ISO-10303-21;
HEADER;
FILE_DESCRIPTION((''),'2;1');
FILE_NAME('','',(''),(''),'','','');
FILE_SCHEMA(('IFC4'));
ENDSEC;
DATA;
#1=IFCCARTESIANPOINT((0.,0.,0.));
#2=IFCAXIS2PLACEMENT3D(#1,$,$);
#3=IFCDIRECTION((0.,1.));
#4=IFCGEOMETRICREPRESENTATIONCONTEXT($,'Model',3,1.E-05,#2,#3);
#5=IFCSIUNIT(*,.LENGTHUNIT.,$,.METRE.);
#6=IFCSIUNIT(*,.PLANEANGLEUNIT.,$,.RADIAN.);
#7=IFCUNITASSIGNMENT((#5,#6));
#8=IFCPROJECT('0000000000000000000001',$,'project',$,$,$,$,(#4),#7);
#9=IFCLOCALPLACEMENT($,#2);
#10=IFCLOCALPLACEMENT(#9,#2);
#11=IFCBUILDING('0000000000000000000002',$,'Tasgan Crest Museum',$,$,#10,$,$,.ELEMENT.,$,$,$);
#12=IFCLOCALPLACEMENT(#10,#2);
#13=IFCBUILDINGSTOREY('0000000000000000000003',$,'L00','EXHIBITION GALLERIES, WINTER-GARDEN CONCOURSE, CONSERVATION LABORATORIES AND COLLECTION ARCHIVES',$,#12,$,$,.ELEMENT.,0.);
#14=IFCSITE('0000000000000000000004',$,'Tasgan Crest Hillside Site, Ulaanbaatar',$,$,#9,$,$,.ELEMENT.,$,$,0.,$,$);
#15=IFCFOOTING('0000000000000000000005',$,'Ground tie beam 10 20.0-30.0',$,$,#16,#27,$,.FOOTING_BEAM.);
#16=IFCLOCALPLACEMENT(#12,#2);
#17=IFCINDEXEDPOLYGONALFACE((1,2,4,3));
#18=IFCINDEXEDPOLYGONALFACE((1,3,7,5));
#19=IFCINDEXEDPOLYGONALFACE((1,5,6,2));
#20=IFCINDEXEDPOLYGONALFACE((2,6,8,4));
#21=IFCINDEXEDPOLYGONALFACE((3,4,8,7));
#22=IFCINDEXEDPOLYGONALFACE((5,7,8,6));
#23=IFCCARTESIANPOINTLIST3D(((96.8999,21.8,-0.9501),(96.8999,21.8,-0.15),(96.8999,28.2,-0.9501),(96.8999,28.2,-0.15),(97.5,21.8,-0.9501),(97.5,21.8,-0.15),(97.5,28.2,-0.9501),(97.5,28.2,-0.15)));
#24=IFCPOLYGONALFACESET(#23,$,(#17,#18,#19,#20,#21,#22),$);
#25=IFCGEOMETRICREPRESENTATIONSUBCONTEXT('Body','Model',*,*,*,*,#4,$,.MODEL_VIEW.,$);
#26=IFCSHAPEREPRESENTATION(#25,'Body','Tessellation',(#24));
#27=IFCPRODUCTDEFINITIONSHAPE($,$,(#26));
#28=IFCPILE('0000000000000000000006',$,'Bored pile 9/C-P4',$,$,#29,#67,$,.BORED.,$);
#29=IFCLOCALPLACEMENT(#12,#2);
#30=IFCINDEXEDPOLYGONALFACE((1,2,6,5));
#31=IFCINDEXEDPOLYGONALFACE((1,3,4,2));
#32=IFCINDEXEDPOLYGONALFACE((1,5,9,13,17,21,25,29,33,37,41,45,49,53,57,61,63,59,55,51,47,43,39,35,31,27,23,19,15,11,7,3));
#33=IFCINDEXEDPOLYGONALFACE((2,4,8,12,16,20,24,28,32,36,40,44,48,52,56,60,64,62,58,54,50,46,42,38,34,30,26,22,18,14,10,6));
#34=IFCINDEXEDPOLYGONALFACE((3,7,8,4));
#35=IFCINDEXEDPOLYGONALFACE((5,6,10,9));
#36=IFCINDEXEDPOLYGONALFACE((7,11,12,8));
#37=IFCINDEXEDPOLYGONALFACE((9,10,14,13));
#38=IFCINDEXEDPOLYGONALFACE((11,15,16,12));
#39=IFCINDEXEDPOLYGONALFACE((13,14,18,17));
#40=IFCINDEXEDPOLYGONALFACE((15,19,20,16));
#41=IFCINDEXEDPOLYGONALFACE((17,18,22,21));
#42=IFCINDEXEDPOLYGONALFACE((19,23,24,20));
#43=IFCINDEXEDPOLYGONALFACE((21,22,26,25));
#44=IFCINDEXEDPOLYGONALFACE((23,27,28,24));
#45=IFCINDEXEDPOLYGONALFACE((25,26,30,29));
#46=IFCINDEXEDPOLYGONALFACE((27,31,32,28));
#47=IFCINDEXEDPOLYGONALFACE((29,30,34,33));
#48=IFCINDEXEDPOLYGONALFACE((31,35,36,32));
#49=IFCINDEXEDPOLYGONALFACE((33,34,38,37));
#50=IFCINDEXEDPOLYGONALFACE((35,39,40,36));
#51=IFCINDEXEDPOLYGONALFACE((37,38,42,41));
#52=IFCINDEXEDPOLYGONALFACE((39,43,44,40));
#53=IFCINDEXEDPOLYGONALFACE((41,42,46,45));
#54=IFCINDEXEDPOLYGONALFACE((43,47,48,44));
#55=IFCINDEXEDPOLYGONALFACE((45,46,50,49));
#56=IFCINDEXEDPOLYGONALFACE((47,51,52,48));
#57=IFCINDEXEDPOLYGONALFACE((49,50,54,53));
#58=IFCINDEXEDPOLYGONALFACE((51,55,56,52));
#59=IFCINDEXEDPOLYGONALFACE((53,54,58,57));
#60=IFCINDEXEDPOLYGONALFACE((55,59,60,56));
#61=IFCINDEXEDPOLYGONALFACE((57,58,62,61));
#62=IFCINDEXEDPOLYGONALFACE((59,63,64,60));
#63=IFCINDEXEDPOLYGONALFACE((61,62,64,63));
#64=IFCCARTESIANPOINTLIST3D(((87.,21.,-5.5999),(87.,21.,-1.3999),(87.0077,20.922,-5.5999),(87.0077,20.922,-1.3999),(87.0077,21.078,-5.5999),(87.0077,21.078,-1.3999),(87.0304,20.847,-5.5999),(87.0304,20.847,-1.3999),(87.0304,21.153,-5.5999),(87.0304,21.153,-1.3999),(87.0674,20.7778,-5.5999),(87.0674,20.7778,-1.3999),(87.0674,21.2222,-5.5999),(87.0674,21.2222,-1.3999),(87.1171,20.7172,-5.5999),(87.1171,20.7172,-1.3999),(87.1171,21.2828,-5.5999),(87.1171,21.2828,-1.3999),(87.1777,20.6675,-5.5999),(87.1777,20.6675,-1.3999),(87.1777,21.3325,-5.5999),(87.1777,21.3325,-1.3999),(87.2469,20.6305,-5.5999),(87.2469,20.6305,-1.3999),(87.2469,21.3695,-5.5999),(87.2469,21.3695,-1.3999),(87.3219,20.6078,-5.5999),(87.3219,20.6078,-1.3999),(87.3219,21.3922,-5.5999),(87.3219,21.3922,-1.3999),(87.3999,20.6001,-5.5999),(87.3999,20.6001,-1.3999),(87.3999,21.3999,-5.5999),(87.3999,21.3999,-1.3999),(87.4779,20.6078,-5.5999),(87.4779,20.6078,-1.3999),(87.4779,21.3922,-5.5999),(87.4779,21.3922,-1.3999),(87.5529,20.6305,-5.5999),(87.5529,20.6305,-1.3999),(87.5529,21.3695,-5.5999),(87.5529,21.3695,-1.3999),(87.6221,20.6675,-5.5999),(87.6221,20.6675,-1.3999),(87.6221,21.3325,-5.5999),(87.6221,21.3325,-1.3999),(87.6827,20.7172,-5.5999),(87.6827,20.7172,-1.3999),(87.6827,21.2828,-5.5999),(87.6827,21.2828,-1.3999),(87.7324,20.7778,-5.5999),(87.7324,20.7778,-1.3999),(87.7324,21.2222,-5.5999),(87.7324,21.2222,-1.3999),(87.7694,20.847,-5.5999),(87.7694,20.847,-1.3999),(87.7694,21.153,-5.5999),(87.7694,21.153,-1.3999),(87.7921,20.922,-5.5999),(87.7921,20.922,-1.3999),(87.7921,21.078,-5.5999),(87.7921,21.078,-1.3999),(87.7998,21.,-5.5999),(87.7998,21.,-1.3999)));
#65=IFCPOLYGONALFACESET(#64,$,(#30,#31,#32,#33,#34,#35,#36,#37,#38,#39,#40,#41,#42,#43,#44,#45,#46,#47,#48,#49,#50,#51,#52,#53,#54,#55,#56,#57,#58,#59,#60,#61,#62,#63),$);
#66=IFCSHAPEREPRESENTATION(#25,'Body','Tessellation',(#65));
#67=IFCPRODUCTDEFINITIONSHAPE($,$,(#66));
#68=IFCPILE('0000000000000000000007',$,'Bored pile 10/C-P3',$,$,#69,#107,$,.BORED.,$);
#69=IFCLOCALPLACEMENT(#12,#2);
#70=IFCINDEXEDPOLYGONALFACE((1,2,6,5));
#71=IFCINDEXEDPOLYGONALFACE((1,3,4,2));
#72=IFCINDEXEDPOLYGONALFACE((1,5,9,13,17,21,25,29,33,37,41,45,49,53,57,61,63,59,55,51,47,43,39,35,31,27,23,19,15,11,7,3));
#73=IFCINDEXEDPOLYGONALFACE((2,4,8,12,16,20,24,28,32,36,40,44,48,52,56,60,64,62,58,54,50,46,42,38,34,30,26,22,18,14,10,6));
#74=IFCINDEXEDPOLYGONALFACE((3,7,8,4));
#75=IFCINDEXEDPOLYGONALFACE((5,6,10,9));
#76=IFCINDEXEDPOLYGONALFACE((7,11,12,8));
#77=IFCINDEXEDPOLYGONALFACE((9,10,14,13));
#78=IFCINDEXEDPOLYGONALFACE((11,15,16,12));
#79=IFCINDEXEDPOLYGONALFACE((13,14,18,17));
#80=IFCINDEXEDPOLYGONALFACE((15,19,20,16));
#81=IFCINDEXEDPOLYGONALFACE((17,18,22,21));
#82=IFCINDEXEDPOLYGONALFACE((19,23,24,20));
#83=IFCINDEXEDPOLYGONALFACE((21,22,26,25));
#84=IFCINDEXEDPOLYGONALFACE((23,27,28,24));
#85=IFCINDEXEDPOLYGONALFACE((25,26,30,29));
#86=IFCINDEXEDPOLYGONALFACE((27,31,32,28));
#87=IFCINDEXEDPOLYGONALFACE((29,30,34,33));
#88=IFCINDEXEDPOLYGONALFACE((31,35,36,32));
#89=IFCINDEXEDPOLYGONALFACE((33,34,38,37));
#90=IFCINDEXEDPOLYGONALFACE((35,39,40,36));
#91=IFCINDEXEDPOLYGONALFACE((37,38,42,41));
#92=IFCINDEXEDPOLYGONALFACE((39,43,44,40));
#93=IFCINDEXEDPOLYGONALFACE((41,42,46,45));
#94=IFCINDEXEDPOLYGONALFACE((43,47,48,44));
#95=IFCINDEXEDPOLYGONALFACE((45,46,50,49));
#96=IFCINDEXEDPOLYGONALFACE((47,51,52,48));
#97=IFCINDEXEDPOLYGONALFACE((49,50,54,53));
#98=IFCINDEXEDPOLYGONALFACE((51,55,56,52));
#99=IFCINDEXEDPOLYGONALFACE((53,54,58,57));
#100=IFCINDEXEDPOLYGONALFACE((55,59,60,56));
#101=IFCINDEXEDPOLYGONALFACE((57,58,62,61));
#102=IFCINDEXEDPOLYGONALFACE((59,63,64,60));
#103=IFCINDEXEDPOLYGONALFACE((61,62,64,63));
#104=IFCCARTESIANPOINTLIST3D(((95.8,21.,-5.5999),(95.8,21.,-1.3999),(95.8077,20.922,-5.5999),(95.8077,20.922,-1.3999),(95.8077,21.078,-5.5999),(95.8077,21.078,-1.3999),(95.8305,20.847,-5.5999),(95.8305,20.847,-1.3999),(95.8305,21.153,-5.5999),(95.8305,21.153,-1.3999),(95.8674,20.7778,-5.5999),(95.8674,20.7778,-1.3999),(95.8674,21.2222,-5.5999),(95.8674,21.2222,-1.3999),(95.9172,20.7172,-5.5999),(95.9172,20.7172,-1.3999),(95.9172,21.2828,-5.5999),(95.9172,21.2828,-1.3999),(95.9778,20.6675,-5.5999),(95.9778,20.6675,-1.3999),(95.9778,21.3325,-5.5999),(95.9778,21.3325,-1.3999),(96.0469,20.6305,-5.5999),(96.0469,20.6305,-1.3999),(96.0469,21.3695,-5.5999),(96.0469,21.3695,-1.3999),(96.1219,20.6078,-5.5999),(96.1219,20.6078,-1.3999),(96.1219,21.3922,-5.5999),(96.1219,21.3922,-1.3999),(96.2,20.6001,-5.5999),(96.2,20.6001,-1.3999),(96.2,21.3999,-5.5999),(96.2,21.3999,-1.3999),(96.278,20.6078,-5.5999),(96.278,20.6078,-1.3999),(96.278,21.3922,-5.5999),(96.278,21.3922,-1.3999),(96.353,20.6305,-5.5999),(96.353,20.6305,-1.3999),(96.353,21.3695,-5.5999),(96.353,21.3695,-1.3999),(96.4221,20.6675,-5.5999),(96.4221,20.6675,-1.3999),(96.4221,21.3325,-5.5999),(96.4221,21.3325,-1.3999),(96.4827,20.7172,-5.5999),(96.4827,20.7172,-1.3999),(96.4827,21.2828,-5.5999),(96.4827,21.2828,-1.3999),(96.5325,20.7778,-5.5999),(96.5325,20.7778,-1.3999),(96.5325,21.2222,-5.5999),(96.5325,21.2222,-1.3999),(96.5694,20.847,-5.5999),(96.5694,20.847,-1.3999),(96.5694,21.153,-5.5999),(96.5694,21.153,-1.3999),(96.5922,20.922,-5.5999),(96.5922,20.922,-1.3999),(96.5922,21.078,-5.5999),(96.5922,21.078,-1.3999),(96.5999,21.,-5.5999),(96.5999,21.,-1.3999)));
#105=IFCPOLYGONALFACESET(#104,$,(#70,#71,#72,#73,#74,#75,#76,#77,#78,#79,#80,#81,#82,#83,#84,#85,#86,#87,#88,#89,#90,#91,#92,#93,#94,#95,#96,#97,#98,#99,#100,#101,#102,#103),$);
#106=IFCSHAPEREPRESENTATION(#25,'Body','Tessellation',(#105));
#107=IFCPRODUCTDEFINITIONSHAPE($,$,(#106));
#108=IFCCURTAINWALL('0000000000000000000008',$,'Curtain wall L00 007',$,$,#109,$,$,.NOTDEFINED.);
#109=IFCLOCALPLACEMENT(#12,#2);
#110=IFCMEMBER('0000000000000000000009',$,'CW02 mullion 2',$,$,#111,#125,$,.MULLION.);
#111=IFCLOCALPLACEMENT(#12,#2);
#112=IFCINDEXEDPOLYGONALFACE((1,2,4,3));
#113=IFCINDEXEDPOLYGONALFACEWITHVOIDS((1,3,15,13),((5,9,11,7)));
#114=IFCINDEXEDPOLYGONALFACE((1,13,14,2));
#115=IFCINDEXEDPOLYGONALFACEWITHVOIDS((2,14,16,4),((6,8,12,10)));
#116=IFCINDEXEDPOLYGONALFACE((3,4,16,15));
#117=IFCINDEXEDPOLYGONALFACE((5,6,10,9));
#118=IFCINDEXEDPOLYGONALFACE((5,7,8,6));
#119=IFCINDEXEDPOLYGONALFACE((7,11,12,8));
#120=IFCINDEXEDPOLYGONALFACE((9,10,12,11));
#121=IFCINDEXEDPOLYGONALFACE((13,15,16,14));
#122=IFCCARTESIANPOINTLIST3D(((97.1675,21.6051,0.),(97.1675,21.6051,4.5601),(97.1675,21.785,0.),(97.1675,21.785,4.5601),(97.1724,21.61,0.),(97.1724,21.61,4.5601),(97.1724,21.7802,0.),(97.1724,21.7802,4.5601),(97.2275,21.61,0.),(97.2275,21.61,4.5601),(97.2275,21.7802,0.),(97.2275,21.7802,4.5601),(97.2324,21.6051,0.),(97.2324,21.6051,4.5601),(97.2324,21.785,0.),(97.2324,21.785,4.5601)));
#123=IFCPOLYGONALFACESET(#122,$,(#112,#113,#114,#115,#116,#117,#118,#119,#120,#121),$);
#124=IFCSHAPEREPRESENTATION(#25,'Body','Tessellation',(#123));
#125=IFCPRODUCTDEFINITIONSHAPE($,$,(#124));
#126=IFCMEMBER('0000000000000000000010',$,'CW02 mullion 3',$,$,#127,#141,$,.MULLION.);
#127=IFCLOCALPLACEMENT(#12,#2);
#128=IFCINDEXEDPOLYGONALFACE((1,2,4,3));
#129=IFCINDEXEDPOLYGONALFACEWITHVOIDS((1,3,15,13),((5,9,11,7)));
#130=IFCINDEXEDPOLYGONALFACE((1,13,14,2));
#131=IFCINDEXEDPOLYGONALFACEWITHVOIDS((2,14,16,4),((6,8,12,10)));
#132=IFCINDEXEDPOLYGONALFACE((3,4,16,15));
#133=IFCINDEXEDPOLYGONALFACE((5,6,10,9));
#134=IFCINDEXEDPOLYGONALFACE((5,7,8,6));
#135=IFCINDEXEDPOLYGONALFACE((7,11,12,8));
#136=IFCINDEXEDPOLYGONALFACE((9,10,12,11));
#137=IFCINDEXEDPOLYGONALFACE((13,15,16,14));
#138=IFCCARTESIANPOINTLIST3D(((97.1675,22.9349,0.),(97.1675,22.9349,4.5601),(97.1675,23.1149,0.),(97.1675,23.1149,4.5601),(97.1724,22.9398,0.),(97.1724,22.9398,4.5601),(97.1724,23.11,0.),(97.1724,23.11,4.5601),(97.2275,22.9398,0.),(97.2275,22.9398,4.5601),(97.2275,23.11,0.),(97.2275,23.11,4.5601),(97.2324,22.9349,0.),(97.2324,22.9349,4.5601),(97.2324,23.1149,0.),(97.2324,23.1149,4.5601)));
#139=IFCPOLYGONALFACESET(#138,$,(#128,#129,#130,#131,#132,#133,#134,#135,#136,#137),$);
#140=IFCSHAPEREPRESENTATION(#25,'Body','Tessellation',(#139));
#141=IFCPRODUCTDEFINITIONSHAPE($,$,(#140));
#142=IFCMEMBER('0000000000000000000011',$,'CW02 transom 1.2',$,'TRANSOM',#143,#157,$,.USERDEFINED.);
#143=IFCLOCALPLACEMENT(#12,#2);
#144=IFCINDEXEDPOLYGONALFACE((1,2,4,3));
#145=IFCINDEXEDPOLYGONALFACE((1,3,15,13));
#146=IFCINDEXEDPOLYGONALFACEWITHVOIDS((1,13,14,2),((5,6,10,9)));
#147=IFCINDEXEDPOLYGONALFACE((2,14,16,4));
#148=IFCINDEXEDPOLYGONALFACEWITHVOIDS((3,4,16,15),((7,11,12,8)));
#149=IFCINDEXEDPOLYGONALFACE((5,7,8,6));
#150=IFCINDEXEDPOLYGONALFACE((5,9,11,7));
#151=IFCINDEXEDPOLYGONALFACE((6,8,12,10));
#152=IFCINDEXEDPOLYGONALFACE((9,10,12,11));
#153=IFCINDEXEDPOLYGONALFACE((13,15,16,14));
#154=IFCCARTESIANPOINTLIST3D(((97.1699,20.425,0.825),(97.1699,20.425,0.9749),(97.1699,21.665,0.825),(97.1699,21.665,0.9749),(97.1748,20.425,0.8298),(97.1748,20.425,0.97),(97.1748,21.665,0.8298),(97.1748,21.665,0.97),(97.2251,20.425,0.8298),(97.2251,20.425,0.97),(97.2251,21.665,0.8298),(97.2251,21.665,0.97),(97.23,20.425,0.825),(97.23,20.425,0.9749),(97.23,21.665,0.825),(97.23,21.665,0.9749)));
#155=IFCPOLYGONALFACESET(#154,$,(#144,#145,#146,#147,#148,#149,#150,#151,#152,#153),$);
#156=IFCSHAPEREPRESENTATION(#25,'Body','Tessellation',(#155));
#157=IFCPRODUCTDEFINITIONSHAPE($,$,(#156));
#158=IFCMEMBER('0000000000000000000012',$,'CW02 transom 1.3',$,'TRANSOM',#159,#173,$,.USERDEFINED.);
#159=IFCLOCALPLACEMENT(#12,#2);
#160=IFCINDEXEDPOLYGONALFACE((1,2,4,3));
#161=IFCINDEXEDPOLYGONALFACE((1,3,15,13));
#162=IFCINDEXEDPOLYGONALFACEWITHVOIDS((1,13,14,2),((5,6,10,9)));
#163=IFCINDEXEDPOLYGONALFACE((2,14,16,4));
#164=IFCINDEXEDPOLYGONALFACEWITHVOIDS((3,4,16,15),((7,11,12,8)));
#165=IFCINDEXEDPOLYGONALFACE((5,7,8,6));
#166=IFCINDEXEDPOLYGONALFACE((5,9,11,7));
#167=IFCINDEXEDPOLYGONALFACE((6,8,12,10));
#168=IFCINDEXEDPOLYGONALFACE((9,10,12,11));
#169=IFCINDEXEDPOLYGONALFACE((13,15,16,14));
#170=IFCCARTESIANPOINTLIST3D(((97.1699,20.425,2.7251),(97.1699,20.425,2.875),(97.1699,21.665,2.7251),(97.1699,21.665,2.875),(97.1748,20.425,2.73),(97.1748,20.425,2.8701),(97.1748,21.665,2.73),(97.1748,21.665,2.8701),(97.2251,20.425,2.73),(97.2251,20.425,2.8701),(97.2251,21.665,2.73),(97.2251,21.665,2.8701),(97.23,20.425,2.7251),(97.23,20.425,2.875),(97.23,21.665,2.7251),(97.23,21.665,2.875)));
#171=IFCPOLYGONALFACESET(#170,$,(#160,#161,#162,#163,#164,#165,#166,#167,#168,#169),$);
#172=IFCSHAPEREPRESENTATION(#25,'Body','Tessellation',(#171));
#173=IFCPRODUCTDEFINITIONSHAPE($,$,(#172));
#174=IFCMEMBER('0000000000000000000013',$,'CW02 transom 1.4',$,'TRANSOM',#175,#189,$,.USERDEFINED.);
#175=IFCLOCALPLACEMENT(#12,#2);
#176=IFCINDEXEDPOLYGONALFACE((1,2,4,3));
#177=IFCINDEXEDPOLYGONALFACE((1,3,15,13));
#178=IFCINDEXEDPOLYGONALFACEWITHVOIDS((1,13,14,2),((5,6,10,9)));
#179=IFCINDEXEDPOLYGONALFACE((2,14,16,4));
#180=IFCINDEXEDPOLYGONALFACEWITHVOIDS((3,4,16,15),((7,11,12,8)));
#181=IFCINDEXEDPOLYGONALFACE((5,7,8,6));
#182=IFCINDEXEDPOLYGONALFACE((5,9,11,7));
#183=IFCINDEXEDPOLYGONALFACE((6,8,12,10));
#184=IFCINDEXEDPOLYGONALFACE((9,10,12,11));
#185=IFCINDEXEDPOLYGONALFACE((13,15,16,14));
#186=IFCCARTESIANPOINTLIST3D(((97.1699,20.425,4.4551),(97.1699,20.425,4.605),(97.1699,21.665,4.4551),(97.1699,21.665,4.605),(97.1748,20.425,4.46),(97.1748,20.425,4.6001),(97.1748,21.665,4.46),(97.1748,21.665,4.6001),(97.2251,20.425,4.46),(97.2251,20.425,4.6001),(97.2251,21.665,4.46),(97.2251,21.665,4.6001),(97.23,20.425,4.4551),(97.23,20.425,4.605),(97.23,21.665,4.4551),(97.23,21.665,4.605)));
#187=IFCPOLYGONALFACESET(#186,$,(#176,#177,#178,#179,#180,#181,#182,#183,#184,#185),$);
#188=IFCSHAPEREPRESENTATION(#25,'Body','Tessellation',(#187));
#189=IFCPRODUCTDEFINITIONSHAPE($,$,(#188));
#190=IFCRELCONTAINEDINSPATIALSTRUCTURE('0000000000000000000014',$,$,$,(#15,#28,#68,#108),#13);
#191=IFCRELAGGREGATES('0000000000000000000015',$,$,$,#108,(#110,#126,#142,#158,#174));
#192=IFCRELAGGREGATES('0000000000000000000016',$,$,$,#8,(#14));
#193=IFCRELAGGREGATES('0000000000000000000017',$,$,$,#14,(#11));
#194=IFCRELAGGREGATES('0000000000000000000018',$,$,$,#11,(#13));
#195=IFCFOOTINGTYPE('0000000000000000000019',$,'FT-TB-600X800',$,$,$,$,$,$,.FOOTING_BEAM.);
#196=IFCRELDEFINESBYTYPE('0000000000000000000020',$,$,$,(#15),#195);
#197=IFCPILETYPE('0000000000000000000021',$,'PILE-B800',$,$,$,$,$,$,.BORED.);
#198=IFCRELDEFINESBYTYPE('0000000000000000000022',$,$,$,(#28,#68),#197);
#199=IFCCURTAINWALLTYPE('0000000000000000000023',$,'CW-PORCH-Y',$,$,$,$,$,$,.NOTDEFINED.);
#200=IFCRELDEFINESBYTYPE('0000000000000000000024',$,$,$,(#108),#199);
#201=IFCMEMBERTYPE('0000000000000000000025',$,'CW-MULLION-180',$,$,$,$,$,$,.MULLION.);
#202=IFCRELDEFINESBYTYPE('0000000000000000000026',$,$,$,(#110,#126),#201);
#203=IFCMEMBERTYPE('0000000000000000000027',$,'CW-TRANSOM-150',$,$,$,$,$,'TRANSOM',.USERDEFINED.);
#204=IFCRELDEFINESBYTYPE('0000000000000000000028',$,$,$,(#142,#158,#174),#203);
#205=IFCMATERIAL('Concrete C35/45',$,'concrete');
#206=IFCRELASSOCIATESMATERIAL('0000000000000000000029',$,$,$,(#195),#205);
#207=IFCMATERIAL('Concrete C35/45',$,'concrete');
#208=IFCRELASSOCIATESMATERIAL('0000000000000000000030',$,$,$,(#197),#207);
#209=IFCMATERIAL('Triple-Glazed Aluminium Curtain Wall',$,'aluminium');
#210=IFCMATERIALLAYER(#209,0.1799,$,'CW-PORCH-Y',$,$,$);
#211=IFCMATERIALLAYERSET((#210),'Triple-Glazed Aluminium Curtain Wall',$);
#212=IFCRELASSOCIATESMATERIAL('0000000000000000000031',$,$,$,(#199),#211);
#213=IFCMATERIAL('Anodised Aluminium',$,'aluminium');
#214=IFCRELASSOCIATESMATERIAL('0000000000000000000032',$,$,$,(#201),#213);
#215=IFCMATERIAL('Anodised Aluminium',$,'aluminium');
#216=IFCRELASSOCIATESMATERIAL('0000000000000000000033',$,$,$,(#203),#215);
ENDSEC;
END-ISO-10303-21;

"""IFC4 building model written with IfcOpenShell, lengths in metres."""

from ifc_helpers import new_model, si_unit, direction, frame, origin, origin_2d, place, context, subcontext, project, spatial, rectangle, hollow_rectangle, circle, extrude, material, layer, layer_set, material_profile, profile_set, type_object, element, aggregate, save


model = new_model("IFC4")

# Units and contexts
model_context = context("Model", 3, precision=1e-05, world=origin(), true_north=direction((0.0, 1.0)))
body_context = subcontext(model_context, "Body", "Model", "MODEL_VIEW")
ifc_project = project(units=[si_unit("LENGTHUNIT", "METRE"), si_unit("PLANEANGLEUNIT", "RADIAN")], contexts=[model_context])

# Site, building, storey
site_placement = place(None, origin())
site = spatial("IfcSite", under=ifc_project, at=site_placement, Name="Tasgan Crest Hillside Site, Ulaanbaatar", CompositionType="ELEMENT", RefElevation=0.0)
building_placement = place(site_placement, origin())
building = spatial("IfcBuilding", under=site, at=building_placement, Name="Tasgan Crest Museum", CompositionType="ELEMENT")
storey_placement = place(building_placement, origin())
storey = spatial("IfcBuildingStorey", under=building, at=storey_placement, Name="L00", Description="EXHIBITION GALLERIES, WINTER-GARDEN CONCOURSE, CONSERVATION LABORATORIES AND COLLECTION ARCHIVES", CompositionType="ELEMENT", Elevation=0.0)

# Footing
ifc_material_1 = material(Name="Concrete C35/45", Category="concrete")
ifc_material_profile_1 = material_profile(ifc_material_1, rectangle(XDim=0.6001, YDim=0.8, at=origin_2d()), Name="TB 600x800")
ifc_profile_set_1 = profile_set([ifc_material_profile_1], Name="Concrete C35/45")
footing_type = type_object("IfcFootingType", Name="FT-TB-600X800", PredefinedType="FOOTING_BEAM", material=ifc_profile_set_1)
footing_placement = place(storey_placement, frame((97.2, 21.8, -0.55), z_axis=(0.0, 1.0, 0.0), x_axis=(-1.0, 0.0, 0.0)))
element("IfcFooting", 1, at=footing_placement, inside=storey, type_object=footing_type, Name="Ground tie beam 10 20.0-30.0", PredefinedType="FOOTING_BEAM", context=body_context, shape_type="SweptSolid", body=[
    extrude(rectangle(XDim=0.6001, YDim=0.8, at=origin_2d()), origin(), (0.0, 0.0, 1.0), 6.3999),
])

# Piles
ifc_material_2 = material(Name="Concrete C35/45", Category="concrete")
ifc_material_profile_2 = material_profile(ifc_material_2, circle(Radius=0.3999, at=origin_2d()), Name="PILE D800")
ifc_profile_set_2 = profile_set([ifc_material_profile_2], Name="Concrete C35/45")
pile_type = type_object("IfcPileType", Name="PILE-B800", PredefinedType="BORED", material=ifc_profile_set_2)
for number, where, z_axis, x_axis, name in (
    (2, (87.3999, 21.0, -1.3999), (0.0, 0.0, -1.0), (1.0, 0.0, 0.0), "Bored pile 9/C-P4"),
    (3, (96.2, 21.0, -1.3999), (0.0, 0.0, -1.0), (1.0, 0.0, 0.0), "Bored pile 10/C-P3"),
):
    element("IfcPile", number, at=place(storey_placement, frame(where, z_axis=z_axis, x_axis=x_axis)), inside=storey, type_object=pile_type, Name=name, PredefinedType="BORED", context=body_context, shape_type="SweptSolid", body=[
        extrude(circle(Radius=0.3999, at=origin_2d()), origin(), (0.0, 0.0, 1.0), 4.2),
    ])

# Curtain wall, members
ifc_material_3 = material(Name="Triple-Glazed Aluminium Curtain Wall", Category="aluminium")
ifc_layer_1 = layer(ifc_material_3, 0.1799, Name="CW-PORCH-Y")
ifc_layer_set_1 = layer_set([ifc_layer_1], Name="Triple-Glazed Aluminium Curtain Wall")
curtain_wall_type = type_object("IfcCurtainWallType", Name="CW-PORCH-Y", PredefinedType="NOTDEFINED", material=ifc_layer_set_1)
curtain_wall_placement = place(storey_placement, origin())
curtain_wall = element("IfcCurtainWall", 4, at=curtain_wall_placement, inside=storey, type_object=curtain_wall_type, Name="Curtain wall L00 007", PredefinedType="NOTDEFINED")
ifc_material_4 = material(Name="Anodised Aluminium", Category="aluminium")
ifc_material_profile_3 = material_profile(ifc_material_4, hollow_rectangle(XDim=0.0649, YDim=0.1799, WallThickness=0.0049, at=origin_2d()), Name="ALU MULLION 180x65x5")
ifc_profile_set_3 = profile_set([ifc_material_profile_3], Name="Anodised Aluminium")
member_type_1 = type_object("IfcMemberType", Name="CW-MULLION-180", PredefinedType="MULLION", material=ifc_profile_set_3)
member_1_placement = place(storey_placement, frame((97.2, 21.6951, 0.0), z_axis=(0.0, 0.0, 1.0), x_axis=(-1.0, 0.0, 0.0)))
member_1 = element("IfcMember", 5, at=member_1_placement, type_object=member_type_1, Name="CW02 mullion 2", PredefinedType="MULLION", context=body_context, shape_type="SweptSolid", body=[
    extrude(hollow_rectangle(XDim=0.0649, YDim=0.1799, WallThickness=0.0049, at=origin_2d()), origin(), (0.0, 0.0, 1.0), 4.5601),
])
member_2_placement = place(storey_placement, frame((97.2, 23.0249, 0.0), z_axis=(0.0, 0.0, 1.0), x_axis=(-1.0, 0.0, 0.0)))
member_2 = element("IfcMember", 6, at=member_2_placement, type_object=member_type_1, Name="CW02 mullion 3", PredefinedType="MULLION", context=body_context, shape_type="SweptSolid", body=[
    extrude(hollow_rectangle(XDim=0.0649, YDim=0.1799, WallThickness=0.0049, at=origin_2d()), origin(), (0.0, 0.0, 1.0), 4.5601),
])
ifc_material_5 = material(Name="Anodised Aluminium", Category="aluminium")
ifc_material_profile_4 = material_profile(ifc_material_5, hollow_rectangle(XDim=0.0601, YDim=0.1499, WallThickness=0.0049, at=origin_2d()), Name="ALU TRANSOM 150x60x5")
ifc_profile_set_4 = profile_set([ifc_material_profile_4], Name="Anodised Aluminium")
member_type_2 = type_object("IfcMemberType", Name="CW-TRANSOM-150", ElementType="TRANSOM", PredefinedType="USERDEFINED", material=ifc_profile_set_4)
member_3_placement = place(storey_placement, frame((97.2, 20.425, 0.8999), z_axis=(0.0, 1.0, 0.0), x_axis=(-1.0, 0.0, 0.0)))
member_3 = element("IfcMember", 7, at=member_3_placement, type_object=member_type_2, Name="CW02 transom 1.2", ObjectType="TRANSOM", PredefinedType="USERDEFINED", context=body_context, shape_type="SweptSolid", body=[
    extrude(hollow_rectangle(XDim=0.0601, YDim=0.1499, WallThickness=0.0049, at=origin_2d()), origin(), (0.0, 0.0, 1.0), 1.24),
])
member_4_placement = place(storey_placement, frame((97.2, 20.425, 2.8), z_axis=(0.0, 1.0, 0.0), x_axis=(-1.0, 0.0, 0.0)))
member_4 = element("IfcMember", 8, at=member_4_placement, type_object=member_type_2, Name="CW02 transom 1.3", ObjectType="TRANSOM", PredefinedType="USERDEFINED", context=body_context, shape_type="SweptSolid", body=[
    extrude(hollow_rectangle(XDim=0.0601, YDim=0.1499, WallThickness=0.0049, at=origin_2d()), origin(), (0.0, 0.0, 1.0), 1.24),
])
member_5_placement = place(storey_placement, frame((97.2, 20.425, 4.53), z_axis=(0.0, 1.0, 0.0), x_axis=(-1.0, 0.0, 0.0)))
member_5 = element("IfcMember", 9, at=member_5_placement, type_object=member_type_2, Name="CW02 transom 1.4", ObjectType="TRANSOM", PredefinedType="USERDEFINED", context=body_context, shape_type="SweptSolid", body=[
    extrude(hollow_rectangle(XDim=0.0601, YDim=0.1499, WallThickness=0.0049, at=origin_2d()), origin(), (0.0, 0.0, 1.0), 1.24),
])
aggregate(curtain_wall, [member_1, member_2, member_3, member_4, member_5])

save(model, "model.ifc")
